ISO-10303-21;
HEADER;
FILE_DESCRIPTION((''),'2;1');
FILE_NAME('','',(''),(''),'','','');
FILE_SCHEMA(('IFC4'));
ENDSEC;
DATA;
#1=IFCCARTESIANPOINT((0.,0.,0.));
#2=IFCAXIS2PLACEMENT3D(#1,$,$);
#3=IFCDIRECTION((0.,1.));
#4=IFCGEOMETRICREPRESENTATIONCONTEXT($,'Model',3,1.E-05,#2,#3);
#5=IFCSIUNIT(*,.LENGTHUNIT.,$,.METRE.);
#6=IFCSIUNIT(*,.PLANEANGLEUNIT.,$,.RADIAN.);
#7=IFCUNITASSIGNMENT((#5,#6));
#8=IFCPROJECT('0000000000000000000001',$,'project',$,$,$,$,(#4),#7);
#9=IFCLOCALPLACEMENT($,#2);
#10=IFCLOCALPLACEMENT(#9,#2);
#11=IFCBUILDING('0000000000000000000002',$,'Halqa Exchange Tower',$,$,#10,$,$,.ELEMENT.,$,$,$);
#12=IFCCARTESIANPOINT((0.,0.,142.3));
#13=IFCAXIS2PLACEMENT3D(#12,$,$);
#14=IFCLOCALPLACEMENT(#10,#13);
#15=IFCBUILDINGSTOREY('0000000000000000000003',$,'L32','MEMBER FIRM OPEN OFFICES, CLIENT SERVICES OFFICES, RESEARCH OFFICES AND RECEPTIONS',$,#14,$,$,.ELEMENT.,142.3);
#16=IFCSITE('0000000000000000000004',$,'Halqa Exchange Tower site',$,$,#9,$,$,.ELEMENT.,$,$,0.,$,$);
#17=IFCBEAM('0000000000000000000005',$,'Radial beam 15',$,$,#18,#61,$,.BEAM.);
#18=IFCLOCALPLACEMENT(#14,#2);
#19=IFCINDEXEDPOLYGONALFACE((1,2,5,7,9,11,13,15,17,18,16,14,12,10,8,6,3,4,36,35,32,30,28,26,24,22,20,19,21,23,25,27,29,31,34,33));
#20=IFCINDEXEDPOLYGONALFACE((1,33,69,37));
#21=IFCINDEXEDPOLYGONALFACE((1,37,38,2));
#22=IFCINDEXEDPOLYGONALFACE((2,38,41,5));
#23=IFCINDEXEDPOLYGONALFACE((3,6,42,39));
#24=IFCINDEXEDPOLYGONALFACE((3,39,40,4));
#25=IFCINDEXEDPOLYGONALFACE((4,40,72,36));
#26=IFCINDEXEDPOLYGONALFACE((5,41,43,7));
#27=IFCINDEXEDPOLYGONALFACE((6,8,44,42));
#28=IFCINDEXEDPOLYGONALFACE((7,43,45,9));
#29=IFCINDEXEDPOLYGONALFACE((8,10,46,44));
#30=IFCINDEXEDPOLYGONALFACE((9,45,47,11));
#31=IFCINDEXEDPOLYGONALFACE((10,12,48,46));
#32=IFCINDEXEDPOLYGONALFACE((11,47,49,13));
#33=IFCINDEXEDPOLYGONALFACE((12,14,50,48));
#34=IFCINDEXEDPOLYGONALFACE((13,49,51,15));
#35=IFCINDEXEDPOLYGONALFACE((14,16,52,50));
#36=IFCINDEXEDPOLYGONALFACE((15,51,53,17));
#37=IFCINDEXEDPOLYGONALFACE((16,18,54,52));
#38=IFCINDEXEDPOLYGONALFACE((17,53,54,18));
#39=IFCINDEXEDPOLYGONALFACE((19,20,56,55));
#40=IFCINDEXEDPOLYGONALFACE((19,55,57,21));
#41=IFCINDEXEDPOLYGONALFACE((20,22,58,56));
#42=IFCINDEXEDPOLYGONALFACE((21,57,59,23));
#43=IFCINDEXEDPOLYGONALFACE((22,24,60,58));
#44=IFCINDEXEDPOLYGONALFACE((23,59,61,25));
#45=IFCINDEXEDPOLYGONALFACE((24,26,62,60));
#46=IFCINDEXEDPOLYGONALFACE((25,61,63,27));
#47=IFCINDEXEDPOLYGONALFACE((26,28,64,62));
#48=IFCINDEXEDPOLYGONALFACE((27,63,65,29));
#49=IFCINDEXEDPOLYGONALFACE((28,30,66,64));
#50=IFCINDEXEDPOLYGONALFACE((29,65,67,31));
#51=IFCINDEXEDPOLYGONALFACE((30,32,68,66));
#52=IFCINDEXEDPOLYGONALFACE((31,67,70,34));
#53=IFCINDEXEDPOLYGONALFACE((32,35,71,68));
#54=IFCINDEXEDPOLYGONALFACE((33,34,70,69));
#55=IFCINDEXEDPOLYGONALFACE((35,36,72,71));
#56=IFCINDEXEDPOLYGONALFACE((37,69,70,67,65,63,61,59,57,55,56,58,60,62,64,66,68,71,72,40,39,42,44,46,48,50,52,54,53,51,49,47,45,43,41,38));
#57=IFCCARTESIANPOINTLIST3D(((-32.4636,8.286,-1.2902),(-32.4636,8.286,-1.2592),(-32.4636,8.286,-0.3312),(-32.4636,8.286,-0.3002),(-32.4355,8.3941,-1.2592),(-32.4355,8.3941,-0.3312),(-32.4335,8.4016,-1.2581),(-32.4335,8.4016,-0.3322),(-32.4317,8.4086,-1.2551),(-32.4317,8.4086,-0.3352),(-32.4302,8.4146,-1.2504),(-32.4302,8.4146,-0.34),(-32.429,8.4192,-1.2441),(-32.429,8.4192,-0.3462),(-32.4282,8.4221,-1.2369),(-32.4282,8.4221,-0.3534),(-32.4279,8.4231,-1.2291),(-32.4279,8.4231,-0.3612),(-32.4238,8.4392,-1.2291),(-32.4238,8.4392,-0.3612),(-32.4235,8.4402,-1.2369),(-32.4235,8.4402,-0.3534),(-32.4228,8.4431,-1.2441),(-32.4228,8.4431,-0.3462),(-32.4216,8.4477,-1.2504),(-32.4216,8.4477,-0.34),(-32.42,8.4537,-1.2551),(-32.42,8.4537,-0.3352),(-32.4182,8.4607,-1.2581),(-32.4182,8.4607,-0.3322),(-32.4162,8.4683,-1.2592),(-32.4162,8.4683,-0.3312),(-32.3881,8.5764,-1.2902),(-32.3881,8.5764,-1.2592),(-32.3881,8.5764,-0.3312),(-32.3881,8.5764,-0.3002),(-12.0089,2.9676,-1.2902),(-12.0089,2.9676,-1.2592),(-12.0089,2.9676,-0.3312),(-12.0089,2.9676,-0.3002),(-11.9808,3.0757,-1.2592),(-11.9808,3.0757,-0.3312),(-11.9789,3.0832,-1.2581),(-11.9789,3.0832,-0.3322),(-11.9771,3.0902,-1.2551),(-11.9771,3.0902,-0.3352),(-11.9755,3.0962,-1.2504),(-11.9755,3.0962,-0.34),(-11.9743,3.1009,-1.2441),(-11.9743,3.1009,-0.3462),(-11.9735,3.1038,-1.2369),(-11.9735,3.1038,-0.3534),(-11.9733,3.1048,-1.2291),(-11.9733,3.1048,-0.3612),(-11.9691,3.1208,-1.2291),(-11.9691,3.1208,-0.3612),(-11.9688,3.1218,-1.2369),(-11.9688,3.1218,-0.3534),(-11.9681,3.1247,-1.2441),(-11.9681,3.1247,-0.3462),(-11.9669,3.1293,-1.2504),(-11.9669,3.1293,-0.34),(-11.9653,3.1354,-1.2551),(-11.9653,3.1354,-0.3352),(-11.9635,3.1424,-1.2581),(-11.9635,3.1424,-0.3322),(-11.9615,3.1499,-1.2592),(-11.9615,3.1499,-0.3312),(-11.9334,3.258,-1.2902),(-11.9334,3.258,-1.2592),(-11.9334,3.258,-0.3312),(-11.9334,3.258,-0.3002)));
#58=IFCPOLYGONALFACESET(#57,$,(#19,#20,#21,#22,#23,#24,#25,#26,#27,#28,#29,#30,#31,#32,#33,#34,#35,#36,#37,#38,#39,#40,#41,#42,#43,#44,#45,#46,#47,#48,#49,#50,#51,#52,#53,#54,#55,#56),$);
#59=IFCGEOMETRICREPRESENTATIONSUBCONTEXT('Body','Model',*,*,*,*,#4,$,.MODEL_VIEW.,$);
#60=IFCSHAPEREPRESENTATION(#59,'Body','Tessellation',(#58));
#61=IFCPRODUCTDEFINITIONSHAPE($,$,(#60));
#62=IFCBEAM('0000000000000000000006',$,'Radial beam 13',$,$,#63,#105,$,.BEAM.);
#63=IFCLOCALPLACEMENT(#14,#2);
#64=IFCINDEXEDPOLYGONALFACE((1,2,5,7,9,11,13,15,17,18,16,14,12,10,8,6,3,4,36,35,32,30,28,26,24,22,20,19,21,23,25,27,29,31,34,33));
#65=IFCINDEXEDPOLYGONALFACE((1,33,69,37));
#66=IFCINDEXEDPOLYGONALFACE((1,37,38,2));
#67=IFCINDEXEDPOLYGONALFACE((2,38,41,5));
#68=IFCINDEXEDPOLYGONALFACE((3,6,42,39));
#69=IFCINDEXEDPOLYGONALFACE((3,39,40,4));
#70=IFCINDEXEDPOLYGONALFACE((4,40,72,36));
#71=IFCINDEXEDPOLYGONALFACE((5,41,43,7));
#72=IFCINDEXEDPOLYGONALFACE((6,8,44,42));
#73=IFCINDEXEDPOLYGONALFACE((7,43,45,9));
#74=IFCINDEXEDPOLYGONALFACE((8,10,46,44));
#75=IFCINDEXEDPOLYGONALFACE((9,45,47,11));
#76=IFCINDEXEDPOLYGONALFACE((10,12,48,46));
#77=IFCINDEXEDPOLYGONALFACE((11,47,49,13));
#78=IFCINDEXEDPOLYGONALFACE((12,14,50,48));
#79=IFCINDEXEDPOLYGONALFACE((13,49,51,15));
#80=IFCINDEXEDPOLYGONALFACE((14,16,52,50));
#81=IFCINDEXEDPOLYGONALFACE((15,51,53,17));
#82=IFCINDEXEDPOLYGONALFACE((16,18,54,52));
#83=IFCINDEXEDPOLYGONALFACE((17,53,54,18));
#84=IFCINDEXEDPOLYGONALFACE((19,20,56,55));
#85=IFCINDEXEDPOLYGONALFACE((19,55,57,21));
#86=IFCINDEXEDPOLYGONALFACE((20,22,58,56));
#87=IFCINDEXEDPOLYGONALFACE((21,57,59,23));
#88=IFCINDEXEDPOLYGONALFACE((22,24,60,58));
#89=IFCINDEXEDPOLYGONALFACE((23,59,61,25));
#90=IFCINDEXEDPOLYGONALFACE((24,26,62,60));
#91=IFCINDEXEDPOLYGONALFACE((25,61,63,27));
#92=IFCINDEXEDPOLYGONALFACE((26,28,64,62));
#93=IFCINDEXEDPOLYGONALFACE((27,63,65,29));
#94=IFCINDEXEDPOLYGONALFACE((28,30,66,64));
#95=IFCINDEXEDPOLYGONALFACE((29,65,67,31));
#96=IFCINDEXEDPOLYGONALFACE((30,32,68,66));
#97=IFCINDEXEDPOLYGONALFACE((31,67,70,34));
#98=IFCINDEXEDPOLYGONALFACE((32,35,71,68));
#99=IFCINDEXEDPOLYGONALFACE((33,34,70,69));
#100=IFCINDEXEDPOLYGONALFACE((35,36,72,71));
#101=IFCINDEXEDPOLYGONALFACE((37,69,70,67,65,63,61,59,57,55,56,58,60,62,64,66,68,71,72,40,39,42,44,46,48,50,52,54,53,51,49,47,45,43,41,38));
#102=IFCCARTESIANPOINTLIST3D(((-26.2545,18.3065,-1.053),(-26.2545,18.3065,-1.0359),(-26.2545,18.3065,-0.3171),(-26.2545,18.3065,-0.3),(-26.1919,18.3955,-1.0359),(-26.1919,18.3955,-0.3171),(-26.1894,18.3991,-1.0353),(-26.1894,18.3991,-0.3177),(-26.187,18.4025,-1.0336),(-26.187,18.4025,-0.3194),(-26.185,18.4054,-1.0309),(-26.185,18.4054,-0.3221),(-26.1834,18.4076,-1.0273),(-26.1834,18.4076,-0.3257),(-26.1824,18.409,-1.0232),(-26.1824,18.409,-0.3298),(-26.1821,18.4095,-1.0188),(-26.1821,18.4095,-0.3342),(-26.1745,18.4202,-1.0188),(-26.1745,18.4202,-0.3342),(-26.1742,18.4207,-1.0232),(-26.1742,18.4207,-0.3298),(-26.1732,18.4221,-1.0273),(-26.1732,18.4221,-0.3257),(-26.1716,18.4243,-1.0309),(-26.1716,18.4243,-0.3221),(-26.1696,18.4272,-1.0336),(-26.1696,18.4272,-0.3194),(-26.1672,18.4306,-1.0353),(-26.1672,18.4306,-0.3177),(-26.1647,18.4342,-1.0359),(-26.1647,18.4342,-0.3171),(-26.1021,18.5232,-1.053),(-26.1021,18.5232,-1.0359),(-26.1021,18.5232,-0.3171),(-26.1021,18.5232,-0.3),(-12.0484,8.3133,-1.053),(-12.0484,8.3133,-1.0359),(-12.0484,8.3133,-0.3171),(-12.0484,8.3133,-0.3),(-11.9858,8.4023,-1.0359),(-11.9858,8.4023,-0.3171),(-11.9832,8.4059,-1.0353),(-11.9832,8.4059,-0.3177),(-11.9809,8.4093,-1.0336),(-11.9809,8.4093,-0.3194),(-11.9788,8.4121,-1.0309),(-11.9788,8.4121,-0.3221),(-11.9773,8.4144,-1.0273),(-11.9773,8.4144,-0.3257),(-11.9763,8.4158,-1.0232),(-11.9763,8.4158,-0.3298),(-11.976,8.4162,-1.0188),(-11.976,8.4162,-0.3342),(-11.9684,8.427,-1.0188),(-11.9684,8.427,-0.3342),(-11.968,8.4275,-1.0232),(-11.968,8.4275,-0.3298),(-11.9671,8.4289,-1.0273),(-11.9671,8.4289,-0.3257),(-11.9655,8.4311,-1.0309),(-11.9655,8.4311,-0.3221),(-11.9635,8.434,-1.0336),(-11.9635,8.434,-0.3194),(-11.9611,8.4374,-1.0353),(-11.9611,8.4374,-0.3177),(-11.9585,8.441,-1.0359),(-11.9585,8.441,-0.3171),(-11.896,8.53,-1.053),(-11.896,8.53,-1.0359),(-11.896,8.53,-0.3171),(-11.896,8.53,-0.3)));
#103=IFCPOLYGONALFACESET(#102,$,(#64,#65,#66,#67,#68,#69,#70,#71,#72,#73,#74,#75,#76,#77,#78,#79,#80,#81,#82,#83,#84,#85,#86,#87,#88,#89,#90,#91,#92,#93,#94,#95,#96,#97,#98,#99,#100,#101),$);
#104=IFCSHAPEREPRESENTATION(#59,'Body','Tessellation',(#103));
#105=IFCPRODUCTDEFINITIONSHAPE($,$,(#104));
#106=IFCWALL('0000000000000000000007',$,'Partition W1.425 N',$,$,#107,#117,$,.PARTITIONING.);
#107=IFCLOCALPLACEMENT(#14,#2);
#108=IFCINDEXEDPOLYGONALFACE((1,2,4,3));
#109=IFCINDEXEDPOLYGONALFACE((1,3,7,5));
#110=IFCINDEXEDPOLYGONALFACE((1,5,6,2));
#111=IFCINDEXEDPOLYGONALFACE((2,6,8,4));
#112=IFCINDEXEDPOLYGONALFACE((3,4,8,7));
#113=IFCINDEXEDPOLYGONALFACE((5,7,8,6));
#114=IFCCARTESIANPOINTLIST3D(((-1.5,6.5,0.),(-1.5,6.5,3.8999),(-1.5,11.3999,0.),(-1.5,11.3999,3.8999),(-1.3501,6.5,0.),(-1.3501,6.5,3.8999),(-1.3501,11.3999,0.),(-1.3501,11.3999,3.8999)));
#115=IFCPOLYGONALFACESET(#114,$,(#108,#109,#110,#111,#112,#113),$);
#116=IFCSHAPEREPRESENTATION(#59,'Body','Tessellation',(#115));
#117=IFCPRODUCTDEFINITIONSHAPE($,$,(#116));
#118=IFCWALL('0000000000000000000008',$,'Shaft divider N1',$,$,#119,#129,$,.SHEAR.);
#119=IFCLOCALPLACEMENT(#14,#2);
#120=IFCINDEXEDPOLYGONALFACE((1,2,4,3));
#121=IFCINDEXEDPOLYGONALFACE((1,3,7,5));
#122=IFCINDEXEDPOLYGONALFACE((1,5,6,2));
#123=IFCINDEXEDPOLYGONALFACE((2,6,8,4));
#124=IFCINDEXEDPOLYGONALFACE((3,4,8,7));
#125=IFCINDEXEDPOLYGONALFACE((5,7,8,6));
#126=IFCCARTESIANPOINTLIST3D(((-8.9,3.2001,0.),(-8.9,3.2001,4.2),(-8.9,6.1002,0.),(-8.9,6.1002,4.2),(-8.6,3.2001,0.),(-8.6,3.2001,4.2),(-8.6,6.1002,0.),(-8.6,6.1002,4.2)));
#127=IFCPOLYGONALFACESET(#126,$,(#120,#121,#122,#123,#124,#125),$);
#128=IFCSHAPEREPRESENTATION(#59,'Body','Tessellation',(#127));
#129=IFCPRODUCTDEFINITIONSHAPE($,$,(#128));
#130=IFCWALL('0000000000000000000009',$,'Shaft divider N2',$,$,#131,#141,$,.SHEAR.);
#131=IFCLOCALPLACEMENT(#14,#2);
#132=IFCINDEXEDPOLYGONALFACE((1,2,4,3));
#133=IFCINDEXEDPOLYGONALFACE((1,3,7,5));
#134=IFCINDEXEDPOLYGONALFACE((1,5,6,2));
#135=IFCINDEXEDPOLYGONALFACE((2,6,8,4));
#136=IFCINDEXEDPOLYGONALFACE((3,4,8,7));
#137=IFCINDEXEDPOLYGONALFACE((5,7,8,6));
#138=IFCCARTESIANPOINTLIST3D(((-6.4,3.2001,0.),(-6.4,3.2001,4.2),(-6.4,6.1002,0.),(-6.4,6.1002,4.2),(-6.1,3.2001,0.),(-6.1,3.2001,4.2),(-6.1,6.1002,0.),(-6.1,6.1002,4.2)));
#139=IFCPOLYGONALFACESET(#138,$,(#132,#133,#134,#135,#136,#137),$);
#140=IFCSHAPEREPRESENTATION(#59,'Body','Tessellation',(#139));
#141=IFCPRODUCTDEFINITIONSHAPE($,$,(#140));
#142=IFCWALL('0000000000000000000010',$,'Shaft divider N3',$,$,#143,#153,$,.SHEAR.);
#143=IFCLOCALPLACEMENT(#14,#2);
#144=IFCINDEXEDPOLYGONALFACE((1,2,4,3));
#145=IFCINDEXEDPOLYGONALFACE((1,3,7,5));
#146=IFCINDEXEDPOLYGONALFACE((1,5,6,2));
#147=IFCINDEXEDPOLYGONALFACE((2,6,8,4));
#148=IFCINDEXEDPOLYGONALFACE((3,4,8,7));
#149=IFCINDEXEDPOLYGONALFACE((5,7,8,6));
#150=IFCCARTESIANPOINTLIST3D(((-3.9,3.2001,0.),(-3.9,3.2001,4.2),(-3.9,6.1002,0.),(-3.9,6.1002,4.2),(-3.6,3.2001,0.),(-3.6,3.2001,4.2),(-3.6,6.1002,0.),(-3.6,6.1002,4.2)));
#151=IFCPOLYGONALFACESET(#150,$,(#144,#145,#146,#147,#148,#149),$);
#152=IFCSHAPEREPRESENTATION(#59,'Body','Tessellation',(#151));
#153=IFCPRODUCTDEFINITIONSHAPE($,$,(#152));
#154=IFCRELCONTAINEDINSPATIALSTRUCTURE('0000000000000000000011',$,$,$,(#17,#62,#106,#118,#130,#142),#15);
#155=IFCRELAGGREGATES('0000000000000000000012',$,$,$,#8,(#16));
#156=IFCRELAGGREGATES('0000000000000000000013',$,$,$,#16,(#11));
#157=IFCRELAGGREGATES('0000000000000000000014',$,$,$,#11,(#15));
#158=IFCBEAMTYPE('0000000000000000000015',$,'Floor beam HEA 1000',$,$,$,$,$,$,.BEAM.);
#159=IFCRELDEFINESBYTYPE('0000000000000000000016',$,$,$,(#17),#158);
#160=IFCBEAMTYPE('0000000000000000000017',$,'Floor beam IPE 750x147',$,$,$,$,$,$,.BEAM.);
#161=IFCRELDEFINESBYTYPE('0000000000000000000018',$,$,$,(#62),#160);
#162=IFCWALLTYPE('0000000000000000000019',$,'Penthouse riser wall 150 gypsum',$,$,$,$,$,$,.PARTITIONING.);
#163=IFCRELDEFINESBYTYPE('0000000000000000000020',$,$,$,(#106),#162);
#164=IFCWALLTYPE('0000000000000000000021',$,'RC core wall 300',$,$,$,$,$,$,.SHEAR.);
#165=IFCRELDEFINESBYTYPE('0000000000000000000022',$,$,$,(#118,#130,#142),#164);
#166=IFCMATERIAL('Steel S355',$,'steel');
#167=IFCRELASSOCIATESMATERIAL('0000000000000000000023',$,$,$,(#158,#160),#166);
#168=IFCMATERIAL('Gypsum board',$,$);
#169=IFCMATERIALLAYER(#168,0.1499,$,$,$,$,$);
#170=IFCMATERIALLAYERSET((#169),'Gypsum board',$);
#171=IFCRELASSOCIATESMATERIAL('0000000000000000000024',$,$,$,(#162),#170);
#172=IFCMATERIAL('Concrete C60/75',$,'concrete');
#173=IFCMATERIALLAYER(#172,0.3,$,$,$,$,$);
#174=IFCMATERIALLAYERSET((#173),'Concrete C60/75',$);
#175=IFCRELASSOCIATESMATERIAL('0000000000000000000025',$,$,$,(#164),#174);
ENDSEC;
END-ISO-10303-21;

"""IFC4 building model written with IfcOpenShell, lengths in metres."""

from ifc_helpers import new_model, si_unit, direction, frame, frame_2d, origin, origin_2d, place, context, subcontext, project, spatial, rectangle, i_section, extrude, material, layer, layer_set, material_profile, profile_set, type_object, element, save


model = new_model("IFC4")

# Units and contexts
model_context = context("Model", 3, precision=1e-05, world=origin(), true_north=direction((0.0, 1.0)))
body_context = subcontext(model_context, "Body", "Model", "MODEL_VIEW")
ifc_project = project(units=[si_unit("LENGTHUNIT", "METRE"), si_unit("PLANEANGLEUNIT", "RADIAN")], contexts=[model_context])

# Site, building, storey
site_placement = place(None, origin())
site = spatial("IfcSite", under=ifc_project, at=site_placement, Name="Halqa Exchange Tower site", CompositionType="ELEMENT", RefElevation=0.0)
building_placement = place(site_placement, origin())
building = spatial("IfcBuilding", under=site, at=building_placement, Name="Halqa Exchange Tower", CompositionType="ELEMENT")
storey_placement = place(building_placement, frame((0.0, 0.0, 142.3)))
storey = spatial("IfcBuildingStorey", under=building, at=storey_placement, Name="L32", Description="MEMBER FIRM OPEN OFFICES, CLIENT SERVICES OFFICES, RESEARCH OFFICES AND RECEPTIONS", CompositionType="ELEMENT", Elevation=142.3)

# Beams
ifc_material_1 = material(Name="Steel S355", Category="steel")
ifc_material_profile_1 = material_profile(ifc_material_1, i_section(OverallWidth=0.3, OverallDepth=0.99, WebThickness=0.0166, FlangeThickness=0.031, FilletRadius=0.03, at=origin_2d()), Name="HEA 1000")
ifc_profile_set_1 = profile_set([ifc_material_profile_1], Name="Steel S355")
beam_type_1 = type_object("IfcBeamType", Name="Floor beam HEA 1000", PredefinedType="BEAM", material=ifc_profile_set_1)
beam_1_placement = place(storey_placement, frame((-11.9712, 3.1128, -0.7952), z_axis=(-0.967821, 0.251641, 0.0), x_axis=(-0.251641, -0.967821, 0.0)))
element("IfcBeam", 1, at=beam_1_placement, inside=storey, type_object=beam_type_1, Name="Radial beam 15", PredefinedType="BEAM", context=body_context, shape_type="SweptSolid", body=[
    extrude(i_section(OverallWidth=0.3, OverallDepth=0.99, WebThickness=0.0166, FlangeThickness=0.031, FilletRadius=0.03, at=origin_2d()), origin(), (0.0, 0.0, 1.0), 21.1348),
])
ifc_material_profile_2 = material_profile(ifc_material_1, i_section(OverallWidth=0.2649, OverallDepth=0.7529, WebThickness=0.0132, FlangeThickness=0.0171, FilletRadius=0.0171, at=origin_2d()), Name="IPE 750x147")
ifc_profile_set_2 = profile_set([ifc_material_profile_2], Name="Steel S355")
beam_type_2 = type_object("IfcBeamType", Name="Floor beam IPE 750x147", PredefinedType="BEAM", material=ifc_profile_set_2)
beam_2_placement = place(storey_placement, frame((-11.9722, 8.4216, -0.6765), z_axis=(-0.817906, 0.575351, 0.0), x_axis=(-0.575351, -0.817906, 0.0)))
element("IfcBeam", 2, at=beam_2_placement, inside=storey, type_object=beam_type_2, Name="Radial beam 13", PredefinedType="BEAM", context=body_context, shape_type="SweptSolid", body=[
    extrude(i_section(OverallWidth=0.2649, OverallDepth=0.7529, WebThickness=0.0132, FlangeThickness=0.0171, FilletRadius=0.0171, at=origin_2d()), origin(), (0.0, 0.0, 1.0), 17.3689),
])

# Walls
ifc_material_2 = material(Name="Gypsum board")
ifc_layer_1 = layer(ifc_material_2, 0.1499)
ifc_layer_set_1 = layer_set([ifc_layer_1], Name="Gypsum board")
wall_type_1 = type_object("IfcWallType", Name="Penthouse riser wall 150 gypsum", PredefinedType="PARTITIONING", material=ifc_layer_set_1)
wall_1_placement = place(storey_placement, frame((-1.425, 6.5, 0.0), z_axis=(0.0, 0.0, 1.0), x_axis=(0.0, 1.0, 0.0)))
element("IfcWall", 3, at=wall_1_placement, inside=storey, type_object=wall_type_1, Name="Partition W1.425 N", PredefinedType="PARTITIONING", context=body_context, shape_type="SweptSolid", body=[
    extrude(rectangle(XDim=4.8999, YDim=0.1499, at=frame_2d((2.45, 0.0))), origin(), (0.0, 0.0, 1.0), 3.8999),
])
ifc_material_3 = material(Name="Concrete C60/75", Category="concrete")
ifc_layer_2 = layer(ifc_material_3, 0.3)
ifc_layer_set_2 = layer_set([ifc_layer_2], Name="Concrete C60/75")
wall_type_2 = type_object("IfcWallType", Name="RC core wall 300", PredefinedType="SHEAR", material=ifc_layer_set_2)
for number, where, z_axis, x_axis, name in (
    (4, (-8.75, 3.2, 0.0), (0.0, 0.0, 1.0), (0.0, 1.0, 0.0), "Shaft divider N1"),
    (5, (-6.25, 3.2, 0.0), (0.0, 0.0, 1.0), (0.0, 1.0, 0.0), "Shaft divider N2"),
    (6, (-3.75, 3.2, 0.0), (0.0, 0.0, 1.0), (0.0, 1.0, 0.0), "Shaft divider N3"),
):
    element("IfcWall", number, at=place(storey_placement, frame(where, z_axis=z_axis, x_axis=x_axis)), inside=storey, type_object=wall_type_2, Name=name, PredefinedType="SHEAR", context=body_context, shape_type="SweptSolid", body=[
        extrude(rectangle(XDim=2.9001, YDim=0.3, at=frame_2d((1.4502, 0.0))), origin(), (0.0, 0.0, 1.0), 4.2),
    ])

save(model, "model.ifc")
